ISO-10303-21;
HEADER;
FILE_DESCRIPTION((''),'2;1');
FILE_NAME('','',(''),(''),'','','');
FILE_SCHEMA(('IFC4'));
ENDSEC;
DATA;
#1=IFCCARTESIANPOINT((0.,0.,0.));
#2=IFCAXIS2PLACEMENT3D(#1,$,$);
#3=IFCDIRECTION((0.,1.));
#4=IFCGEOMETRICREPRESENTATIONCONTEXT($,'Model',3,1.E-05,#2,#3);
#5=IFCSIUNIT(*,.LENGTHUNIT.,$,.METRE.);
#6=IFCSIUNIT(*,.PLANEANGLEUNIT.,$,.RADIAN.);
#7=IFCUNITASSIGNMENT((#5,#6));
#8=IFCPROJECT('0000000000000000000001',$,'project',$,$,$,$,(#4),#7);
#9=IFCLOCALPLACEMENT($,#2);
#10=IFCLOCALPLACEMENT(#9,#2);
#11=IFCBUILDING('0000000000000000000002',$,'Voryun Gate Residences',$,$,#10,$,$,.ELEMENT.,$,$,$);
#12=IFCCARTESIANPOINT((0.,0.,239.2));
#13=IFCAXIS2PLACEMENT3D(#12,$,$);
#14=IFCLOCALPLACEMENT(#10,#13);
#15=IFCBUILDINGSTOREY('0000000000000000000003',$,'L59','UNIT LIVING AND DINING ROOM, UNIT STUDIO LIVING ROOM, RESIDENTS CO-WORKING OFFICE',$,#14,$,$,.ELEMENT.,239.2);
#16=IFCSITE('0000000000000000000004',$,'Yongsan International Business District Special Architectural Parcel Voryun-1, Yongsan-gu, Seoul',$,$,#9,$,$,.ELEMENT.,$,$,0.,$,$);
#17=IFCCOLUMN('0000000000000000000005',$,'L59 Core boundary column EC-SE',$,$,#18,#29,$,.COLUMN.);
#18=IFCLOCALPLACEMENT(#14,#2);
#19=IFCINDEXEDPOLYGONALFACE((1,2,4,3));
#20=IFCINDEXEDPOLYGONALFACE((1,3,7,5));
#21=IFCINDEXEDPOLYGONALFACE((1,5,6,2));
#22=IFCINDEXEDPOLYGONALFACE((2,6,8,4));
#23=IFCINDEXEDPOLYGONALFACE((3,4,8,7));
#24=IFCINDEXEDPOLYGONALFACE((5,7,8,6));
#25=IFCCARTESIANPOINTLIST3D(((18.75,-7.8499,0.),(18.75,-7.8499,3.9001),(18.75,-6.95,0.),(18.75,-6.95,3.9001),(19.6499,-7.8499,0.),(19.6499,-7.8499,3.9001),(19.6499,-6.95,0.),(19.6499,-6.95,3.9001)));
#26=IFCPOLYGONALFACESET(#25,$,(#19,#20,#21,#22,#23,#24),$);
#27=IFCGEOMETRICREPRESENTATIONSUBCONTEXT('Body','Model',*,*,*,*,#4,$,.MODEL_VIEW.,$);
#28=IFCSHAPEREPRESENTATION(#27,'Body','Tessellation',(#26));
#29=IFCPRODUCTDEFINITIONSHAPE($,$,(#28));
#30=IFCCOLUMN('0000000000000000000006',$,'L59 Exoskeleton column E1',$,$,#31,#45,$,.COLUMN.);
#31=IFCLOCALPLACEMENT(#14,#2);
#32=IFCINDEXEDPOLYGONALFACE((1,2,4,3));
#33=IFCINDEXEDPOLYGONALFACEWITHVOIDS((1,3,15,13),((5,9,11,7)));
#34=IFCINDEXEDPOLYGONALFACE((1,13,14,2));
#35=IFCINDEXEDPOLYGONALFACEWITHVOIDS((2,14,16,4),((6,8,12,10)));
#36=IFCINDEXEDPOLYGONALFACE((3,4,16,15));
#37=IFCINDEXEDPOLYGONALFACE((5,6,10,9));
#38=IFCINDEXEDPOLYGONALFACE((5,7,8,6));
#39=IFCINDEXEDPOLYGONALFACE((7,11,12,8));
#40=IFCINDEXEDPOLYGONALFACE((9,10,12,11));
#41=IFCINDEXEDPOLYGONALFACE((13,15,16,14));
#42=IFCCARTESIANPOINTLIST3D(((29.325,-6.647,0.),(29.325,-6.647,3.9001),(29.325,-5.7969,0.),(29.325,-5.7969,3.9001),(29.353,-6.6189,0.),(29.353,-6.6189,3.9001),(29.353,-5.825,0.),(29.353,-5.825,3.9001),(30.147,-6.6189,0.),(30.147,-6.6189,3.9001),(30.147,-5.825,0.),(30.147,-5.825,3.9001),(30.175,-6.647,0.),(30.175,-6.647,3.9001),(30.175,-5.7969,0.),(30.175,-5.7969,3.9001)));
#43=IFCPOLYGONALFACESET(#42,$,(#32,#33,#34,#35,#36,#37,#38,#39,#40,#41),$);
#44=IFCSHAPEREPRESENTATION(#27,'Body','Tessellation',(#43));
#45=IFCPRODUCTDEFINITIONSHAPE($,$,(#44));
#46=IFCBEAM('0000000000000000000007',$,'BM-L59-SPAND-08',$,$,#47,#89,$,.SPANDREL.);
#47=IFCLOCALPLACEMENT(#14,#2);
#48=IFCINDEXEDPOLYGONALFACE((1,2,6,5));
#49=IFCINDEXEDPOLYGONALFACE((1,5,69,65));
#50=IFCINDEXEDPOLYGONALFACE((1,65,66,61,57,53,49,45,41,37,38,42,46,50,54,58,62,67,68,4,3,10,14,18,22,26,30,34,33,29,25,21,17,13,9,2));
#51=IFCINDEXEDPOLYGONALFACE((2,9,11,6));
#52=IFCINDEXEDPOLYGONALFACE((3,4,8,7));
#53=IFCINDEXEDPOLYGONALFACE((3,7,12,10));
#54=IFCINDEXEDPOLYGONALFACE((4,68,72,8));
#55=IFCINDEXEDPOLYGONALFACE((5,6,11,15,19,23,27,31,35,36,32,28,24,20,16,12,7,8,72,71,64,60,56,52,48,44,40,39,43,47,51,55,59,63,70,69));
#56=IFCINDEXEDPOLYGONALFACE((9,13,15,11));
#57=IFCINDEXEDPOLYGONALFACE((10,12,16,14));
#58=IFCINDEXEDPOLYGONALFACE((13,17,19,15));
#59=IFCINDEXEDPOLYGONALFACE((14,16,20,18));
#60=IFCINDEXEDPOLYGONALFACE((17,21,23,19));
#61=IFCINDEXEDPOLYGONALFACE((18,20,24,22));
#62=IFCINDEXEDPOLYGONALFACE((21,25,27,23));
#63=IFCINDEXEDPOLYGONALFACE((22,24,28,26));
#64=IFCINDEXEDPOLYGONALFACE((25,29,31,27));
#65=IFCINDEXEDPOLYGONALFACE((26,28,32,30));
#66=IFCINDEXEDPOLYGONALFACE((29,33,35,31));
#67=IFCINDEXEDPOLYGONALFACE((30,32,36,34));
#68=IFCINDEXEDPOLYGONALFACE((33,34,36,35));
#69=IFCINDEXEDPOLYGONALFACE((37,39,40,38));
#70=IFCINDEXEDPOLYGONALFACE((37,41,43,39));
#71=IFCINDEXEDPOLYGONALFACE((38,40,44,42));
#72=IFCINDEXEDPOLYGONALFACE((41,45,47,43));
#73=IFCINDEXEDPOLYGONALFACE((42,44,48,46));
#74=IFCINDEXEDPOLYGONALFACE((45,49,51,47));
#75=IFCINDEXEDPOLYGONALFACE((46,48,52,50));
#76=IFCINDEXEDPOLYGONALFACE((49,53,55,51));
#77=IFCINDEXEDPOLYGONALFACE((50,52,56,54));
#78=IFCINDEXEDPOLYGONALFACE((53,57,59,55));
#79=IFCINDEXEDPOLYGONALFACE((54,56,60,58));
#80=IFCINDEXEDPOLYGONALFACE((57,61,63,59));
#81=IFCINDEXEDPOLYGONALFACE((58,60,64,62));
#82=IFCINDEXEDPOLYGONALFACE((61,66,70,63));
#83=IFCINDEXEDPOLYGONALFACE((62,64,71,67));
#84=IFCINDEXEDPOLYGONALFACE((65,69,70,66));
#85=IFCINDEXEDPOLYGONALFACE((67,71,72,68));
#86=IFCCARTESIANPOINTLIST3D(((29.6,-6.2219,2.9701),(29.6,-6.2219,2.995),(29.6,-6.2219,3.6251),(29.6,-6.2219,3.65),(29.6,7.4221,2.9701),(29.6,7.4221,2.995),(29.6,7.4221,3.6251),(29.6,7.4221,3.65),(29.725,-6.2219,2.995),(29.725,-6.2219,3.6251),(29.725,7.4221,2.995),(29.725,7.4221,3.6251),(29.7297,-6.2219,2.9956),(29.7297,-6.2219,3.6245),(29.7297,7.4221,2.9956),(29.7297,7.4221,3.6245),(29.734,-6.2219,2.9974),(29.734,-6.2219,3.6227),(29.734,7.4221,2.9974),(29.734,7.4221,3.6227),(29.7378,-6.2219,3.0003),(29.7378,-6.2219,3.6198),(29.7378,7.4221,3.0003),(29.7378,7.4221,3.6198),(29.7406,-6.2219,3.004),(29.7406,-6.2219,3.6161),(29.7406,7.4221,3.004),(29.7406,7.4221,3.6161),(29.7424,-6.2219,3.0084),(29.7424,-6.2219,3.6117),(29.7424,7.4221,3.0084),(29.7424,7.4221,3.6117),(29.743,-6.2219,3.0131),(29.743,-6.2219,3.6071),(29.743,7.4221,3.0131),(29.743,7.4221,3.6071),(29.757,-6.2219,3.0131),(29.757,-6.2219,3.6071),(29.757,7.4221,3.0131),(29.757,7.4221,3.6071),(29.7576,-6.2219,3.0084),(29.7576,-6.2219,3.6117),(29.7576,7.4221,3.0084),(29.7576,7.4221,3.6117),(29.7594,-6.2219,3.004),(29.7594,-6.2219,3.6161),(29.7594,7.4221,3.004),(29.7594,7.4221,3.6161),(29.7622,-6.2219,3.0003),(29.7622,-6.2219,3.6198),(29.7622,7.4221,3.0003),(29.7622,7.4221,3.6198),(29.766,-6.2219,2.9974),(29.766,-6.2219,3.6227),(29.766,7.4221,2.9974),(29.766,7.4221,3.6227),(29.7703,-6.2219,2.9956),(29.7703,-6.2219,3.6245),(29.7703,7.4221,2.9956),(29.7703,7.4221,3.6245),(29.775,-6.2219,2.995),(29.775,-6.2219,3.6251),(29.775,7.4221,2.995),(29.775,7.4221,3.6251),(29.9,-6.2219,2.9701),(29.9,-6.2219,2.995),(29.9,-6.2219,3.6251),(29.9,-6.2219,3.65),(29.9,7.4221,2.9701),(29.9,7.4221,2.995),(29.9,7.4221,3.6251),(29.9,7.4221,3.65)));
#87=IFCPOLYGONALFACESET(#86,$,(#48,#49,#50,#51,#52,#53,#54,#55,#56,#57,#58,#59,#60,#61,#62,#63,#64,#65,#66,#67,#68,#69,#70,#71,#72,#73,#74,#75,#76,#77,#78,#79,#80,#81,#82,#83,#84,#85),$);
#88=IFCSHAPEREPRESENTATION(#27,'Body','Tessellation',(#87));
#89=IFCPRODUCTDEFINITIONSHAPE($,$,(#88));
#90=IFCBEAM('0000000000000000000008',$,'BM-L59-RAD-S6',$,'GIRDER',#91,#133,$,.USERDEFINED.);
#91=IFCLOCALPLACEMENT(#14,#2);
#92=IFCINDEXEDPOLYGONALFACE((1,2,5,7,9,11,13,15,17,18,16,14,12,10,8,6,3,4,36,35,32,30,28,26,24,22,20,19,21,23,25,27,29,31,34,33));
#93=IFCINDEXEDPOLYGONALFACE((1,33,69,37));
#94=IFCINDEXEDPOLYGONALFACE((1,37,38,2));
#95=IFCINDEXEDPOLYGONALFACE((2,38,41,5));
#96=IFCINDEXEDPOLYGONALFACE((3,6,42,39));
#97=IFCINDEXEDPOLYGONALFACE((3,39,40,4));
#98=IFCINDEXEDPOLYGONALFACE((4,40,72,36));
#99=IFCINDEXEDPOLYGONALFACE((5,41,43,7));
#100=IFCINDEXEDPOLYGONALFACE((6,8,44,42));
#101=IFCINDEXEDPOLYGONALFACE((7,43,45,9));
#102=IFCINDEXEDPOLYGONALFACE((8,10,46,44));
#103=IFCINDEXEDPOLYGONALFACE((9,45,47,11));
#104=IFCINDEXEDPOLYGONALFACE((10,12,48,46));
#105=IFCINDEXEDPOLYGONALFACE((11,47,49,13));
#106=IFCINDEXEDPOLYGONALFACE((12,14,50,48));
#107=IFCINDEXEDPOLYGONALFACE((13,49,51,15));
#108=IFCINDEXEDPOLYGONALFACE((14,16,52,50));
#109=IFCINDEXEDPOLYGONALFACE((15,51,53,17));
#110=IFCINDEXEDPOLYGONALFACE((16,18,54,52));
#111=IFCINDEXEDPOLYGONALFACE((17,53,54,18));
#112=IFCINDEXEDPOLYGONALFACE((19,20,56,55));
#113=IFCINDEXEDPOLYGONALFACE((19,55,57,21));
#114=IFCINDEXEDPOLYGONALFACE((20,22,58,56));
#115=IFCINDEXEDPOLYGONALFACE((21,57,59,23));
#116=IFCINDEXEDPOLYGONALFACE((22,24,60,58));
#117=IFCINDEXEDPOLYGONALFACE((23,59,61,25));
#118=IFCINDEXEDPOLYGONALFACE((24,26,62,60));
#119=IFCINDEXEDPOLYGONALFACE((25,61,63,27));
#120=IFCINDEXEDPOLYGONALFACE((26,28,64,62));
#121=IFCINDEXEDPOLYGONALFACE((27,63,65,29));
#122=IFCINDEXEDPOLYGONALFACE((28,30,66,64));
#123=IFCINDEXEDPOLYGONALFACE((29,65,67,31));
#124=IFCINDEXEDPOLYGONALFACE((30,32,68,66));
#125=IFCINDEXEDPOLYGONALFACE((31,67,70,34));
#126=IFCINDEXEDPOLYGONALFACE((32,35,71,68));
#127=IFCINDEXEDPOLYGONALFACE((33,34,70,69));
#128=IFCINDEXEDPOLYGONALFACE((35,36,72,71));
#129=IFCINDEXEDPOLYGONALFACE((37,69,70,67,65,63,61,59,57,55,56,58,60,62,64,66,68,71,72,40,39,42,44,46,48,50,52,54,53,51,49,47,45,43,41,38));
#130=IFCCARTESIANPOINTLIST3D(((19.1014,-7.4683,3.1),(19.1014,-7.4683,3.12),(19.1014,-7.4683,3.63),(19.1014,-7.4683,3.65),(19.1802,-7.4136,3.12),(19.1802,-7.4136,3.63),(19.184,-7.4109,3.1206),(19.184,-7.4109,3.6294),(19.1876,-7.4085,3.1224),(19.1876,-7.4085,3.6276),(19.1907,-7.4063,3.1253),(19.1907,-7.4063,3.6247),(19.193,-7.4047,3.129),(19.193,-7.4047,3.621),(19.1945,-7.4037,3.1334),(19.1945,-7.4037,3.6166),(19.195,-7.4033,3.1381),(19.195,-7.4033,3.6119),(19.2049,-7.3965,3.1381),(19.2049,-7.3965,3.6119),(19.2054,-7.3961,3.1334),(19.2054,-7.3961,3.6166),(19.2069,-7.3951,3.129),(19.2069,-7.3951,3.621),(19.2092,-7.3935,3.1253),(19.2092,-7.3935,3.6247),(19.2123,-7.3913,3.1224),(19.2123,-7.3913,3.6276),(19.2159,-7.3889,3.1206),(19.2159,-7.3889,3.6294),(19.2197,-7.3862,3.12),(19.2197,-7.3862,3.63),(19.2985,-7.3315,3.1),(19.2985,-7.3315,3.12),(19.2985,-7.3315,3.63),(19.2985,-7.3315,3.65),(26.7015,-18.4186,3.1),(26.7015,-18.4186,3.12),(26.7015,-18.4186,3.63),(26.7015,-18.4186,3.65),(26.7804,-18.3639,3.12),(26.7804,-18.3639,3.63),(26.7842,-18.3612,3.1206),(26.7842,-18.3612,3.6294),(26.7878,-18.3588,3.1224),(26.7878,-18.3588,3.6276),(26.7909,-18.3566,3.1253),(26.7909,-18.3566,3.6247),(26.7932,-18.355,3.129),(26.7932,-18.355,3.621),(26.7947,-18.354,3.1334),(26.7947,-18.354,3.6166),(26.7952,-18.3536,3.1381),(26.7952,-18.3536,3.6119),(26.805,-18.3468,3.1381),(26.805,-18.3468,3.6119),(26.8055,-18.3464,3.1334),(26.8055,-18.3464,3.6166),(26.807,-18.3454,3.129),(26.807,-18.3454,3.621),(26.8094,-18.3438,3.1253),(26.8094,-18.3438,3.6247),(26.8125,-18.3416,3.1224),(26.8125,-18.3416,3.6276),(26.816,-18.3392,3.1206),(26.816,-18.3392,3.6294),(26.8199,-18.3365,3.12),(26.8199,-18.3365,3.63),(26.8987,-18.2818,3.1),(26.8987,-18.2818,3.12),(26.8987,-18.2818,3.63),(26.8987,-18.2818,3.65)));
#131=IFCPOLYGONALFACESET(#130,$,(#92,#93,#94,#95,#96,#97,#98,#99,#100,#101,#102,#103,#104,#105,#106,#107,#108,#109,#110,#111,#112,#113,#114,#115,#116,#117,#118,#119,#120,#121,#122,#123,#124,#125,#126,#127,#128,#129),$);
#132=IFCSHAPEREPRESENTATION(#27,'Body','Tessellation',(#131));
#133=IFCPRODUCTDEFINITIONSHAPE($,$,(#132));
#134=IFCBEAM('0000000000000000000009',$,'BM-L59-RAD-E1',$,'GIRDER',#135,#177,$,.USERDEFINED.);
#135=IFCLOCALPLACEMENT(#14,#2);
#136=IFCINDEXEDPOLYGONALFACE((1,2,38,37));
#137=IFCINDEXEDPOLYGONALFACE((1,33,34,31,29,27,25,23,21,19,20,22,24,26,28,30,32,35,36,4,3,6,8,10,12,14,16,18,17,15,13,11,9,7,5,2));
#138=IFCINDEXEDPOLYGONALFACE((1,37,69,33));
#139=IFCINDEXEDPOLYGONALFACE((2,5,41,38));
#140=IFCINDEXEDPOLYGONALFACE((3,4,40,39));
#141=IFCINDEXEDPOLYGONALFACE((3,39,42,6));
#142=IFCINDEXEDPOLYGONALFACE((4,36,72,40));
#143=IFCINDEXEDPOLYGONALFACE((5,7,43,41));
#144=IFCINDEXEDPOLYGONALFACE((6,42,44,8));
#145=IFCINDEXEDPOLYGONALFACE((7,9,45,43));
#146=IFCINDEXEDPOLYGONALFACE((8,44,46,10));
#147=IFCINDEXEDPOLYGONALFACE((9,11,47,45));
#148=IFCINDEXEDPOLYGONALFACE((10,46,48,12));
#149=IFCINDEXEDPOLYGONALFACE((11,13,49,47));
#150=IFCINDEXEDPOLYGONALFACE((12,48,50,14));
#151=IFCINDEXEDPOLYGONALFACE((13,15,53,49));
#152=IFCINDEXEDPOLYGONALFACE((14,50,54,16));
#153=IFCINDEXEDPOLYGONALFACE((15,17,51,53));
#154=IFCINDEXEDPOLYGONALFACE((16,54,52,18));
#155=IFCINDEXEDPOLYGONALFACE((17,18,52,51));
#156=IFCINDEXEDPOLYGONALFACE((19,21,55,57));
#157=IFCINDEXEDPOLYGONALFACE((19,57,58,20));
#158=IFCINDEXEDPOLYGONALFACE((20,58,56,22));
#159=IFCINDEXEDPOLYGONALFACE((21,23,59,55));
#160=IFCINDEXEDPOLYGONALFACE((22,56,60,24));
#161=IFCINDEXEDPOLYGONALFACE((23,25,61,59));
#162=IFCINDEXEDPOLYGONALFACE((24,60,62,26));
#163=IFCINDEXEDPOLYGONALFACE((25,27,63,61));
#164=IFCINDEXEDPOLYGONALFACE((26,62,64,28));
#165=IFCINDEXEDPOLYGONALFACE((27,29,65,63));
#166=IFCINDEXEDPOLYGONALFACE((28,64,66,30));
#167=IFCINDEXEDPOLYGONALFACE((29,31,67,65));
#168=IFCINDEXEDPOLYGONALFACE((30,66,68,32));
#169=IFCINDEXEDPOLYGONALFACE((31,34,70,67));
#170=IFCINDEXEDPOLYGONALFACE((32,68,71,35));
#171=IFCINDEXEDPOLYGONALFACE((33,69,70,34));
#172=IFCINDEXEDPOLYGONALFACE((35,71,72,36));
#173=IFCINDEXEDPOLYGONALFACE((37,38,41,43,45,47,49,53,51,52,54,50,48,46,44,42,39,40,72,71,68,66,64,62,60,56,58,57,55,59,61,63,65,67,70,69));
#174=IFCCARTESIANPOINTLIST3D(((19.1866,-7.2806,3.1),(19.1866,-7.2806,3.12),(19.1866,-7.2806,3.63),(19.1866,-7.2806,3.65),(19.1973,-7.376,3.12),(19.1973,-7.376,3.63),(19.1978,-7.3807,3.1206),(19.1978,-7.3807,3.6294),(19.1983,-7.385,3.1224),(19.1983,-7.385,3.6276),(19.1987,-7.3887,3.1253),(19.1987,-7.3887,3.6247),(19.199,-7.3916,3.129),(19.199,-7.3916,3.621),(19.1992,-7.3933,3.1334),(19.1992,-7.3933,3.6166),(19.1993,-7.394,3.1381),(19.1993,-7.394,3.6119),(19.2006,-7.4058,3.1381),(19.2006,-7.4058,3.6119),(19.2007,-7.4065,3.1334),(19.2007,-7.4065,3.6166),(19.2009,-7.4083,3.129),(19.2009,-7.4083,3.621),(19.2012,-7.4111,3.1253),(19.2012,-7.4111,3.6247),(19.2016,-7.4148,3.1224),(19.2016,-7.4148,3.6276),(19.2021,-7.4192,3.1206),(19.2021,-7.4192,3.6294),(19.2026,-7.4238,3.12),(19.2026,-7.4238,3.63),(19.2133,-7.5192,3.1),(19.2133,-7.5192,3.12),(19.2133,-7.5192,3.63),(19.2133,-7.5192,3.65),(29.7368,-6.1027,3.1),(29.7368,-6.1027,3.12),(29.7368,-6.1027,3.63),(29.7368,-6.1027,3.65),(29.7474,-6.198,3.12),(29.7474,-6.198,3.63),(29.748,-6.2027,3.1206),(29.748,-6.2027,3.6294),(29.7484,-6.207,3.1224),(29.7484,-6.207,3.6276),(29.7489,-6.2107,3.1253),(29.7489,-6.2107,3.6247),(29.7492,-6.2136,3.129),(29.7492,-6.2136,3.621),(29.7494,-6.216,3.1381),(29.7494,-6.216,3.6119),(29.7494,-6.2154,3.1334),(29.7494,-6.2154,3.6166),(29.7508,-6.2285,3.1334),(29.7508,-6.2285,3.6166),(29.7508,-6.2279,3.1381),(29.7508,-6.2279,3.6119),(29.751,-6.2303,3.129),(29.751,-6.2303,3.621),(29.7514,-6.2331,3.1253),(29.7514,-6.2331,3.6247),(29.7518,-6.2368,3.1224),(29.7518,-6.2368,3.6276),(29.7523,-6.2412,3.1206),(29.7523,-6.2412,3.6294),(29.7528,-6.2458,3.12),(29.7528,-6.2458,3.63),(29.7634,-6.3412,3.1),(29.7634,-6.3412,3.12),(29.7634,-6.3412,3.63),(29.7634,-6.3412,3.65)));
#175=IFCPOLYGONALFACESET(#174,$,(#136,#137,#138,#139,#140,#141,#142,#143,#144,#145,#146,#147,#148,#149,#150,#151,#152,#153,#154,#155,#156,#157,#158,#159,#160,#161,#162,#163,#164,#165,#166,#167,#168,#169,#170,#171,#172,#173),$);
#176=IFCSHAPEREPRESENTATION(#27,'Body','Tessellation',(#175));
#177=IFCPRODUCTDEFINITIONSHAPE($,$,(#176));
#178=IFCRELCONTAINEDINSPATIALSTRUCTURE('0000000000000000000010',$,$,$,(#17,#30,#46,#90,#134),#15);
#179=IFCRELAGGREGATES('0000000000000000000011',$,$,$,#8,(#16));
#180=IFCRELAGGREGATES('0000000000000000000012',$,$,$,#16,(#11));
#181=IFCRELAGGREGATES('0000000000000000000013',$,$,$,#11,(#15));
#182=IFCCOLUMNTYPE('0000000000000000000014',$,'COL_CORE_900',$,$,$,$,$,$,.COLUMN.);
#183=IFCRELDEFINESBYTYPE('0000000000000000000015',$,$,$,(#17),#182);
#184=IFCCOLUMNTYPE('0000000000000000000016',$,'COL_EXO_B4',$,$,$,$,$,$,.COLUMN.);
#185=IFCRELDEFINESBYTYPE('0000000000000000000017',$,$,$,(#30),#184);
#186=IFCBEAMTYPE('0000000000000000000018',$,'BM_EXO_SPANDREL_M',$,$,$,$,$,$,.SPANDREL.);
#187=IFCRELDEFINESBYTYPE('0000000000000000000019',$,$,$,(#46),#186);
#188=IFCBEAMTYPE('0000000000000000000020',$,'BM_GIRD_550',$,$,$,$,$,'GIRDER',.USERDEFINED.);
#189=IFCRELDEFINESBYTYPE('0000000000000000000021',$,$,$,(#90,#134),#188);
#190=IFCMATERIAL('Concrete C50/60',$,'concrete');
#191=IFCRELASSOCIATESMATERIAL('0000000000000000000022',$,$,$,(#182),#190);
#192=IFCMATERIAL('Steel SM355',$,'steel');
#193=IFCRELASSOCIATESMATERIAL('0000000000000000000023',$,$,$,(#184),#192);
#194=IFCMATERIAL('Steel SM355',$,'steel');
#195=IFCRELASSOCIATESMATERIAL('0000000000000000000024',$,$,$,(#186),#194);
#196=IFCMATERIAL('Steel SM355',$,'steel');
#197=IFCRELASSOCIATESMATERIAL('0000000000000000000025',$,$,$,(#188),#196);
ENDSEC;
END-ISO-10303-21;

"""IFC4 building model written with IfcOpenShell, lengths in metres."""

from ifc_helpers import new_model, si_unit, direction, frame, origin, origin_2d, place, context, subcontext, project, spatial, rectangle, hollow_rectangle, i_section, extrude, material, material_profile, profile_set, type_object, element, save


model = new_model("IFC4")

# Units and contexts
model_context = context("Model", 3, precision=1e-05, world=origin(), true_north=direction((0.0, 1.0)))
body_context = subcontext(model_context, "Body", "Model", "MODEL_VIEW")
ifc_project = project(units=[si_unit("LENGTHUNIT", "METRE"), si_unit("PLANEANGLEUNIT", "RADIAN")], contexts=[model_context])

# Site, building, storey
site_placement = place(None, origin())
site = spatial("IfcSite", under=ifc_project, at=site_placement, Name="Yongsan International Business District Special Architectural Parcel Voryun-1, Yongsan-gu, Seoul", CompositionType="ELEMENT", RefElevation=0.0)
building_placement = place(site_placement, origin())
building = spatial("IfcBuilding", under=site, at=building_placement, Name="Voryun Gate Residences", CompositionType="ELEMENT")
storey_placement = place(building_placement, frame((0.0, 0.0, 239.2)))
storey = spatial("IfcBuildingStorey", under=building, at=storey_placement, Name="L59", Description="UNIT LIVING AND DINING ROOM, UNIT STUDIO LIVING ROOM, RESIDENTS CO-WORKING OFFICE", CompositionType="ELEMENT", Elevation=239.2)

# Columns
ifc_material_1 = material(Name="Concrete C50/60", Category="concrete")
ifc_material_profile_1 = material_profile(ifc_material_1, rectangle(XDim=0.8999, YDim=0.8999, at=origin_2d()), Name="RC-900x900")
ifc_profile_set_1 = profile_set([ifc_material_profile_1], Name="Concrete C50/60")
column_type_1 = type_object("IfcColumnType", Name="COL_CORE_900", PredefinedType="COLUMN", material=ifc_profile_set_1)
column_1_placement = place(storey_placement, frame((19.2, -7.3999, 0.0), z_axis=(0.0, 0.0, 1.0), x_axis=(1.0, 0.0, 0.0)))
element("IfcColumn", 1, at=column_1_placement, inside=storey, type_object=column_type_1, Name="L59 Core boundary column EC-SE", PredefinedType="COLUMN", context=body_context, shape_type="SweptSolid", body=[
    extrude(rectangle(XDim=0.8999, YDim=0.8999, at=origin_2d()), origin(), (0.0, 0.0, 1.0), 3.9001),
])
ifc_material_2 = material(Name="Steel SM355", Category="steel")
ifc_material_profile_2 = material_profile(ifc_material_2, hollow_rectangle(XDim=0.8501, YDim=0.8501, WallThickness=0.0281, at=origin_2d()), Name="BOX-850x850x28")
ifc_profile_set_2 = profile_set([ifc_material_profile_2], Name="Steel SM355")
column_type_2 = type_object("IfcColumnType", Name="COL_EXO_B4", PredefinedType="COLUMN", material=ifc_profile_set_2)
column_2_placement = place(storey_placement, frame((29.75, -6.2219, 0.0), z_axis=(0.0, 0.0, 1.0), x_axis=(1.0, 0.0, 0.0)))
element("IfcColumn", 2, at=column_2_placement, inside=storey, type_object=column_type_2, Name="L59 Exoskeleton column E1", PredefinedType="COLUMN", context=body_context, shape_type="SweptSolid", body=[
    extrude(hollow_rectangle(XDim=0.8501, YDim=0.8501, WallThickness=0.0281, at=origin_2d()), origin(), (0.0, 0.0, 1.0), 3.9001),
])

# Beams
ifc_material_3 = material(Name="Steel SM355", Category="steel")
ifc_material_profile_3 = material_profile(ifc_material_3, i_section(OverallWidth=0.3, OverallDepth=0.6799, WebThickness=0.0139, FlangeThickness=0.0249, FilletRadius=0.0181, at=origin_2d()), Name="H-680x300x14x25")
ifc_profile_set_3 = profile_set([ifc_material_profile_3], Name="Steel SM355")
beam_type_1 = type_object("IfcBeamType", Name="BM_EXO_SPANDREL_M", PredefinedType="SPANDREL", material=ifc_profile_set_3)
beam_1_placement = place(storey_placement, frame((29.75, -6.2219, 3.3101), z_axis=(0.0, 1.0, 0.0), x_axis=(-1.0, 0.0, 0.0)))
element("IfcBeam", 3, at=beam_1_placement, inside=storey, type_object=beam_type_1, Name="BM-L59-SPAND-08", PredefinedType="SPANDREL", context=body_context, shape_type="SweptSolid", body=[
    extrude(i_section(OverallWidth=0.3, OverallDepth=0.6799, WebThickness=0.0139, FlangeThickness=0.0249, FilletRadius=0.0181, at=origin_2d()), origin(), (0.0, 0.0, 1.0), 13.644),
])
ifc_material_4 = material(Name="Steel SM355", Category="steel")
ifc_material_profile_4 = material_profile(ifc_material_4, i_section(OverallWidth=0.24, OverallDepth=0.55, WebThickness=0.012, FlangeThickness=0.02, FilletRadius=0.0181, at=origin_2d()), Name="H-550x240x12x20")
ifc_profile_set_4 = profile_set([ifc_material_profile_4], Name="Steel SM355")
beam_type_2 = type_object("IfcBeamType", Name="BM_GIRD_550", ElementType="GIRDER", PredefinedType="USERDEFINED", material=ifc_profile_set_4)
beam_2_placement = place(storey_placement, frame((19.2, -7.3999, 3.375), z_axis=(0.570183, -0.821518, 0.0), x_axis=(0.821518, 0.570183, 0.0)))
element("IfcBeam", 4, at=beam_2_placement, inside=storey, type_object=beam_type_2, Name="BM-L59-RAD-S6", ObjectType="GIRDER", PredefinedType="USERDEFINED", context=body_context, shape_type="SweptSolid", body=[
    extrude(i_section(OverallWidth=0.24, OverallDepth=0.55, WebThickness=0.012, FlangeThickness=0.02, FilletRadius=0.0181, at=origin_2d()), origin(), (0.0, 0.0, 1.0), 13.3293),
])
beam_3_placement = place(storey_placement, frame((19.2, -7.3999, 3.375), z_axis=(0.993824, 0.110967, 0.0), x_axis=(-0.110967, 0.993824, 0.0)))
element("IfcBeam", 5, at=beam_3_placement, inside=storey, type_object=beam_type_2, Name="BM-L59-RAD-E1", ObjectType="GIRDER", PredefinedType="USERDEFINED", context=body_context, shape_type="SweptSolid", body=[
    extrude(i_section(OverallWidth=0.24, OverallDepth=0.55, WebThickness=0.012, FlangeThickness=0.02, FilletRadius=0.0181, at=origin_2d()), origin(), (0.0, 0.0, 1.0), 10.6157),
])

save(model, "model.ifc")
